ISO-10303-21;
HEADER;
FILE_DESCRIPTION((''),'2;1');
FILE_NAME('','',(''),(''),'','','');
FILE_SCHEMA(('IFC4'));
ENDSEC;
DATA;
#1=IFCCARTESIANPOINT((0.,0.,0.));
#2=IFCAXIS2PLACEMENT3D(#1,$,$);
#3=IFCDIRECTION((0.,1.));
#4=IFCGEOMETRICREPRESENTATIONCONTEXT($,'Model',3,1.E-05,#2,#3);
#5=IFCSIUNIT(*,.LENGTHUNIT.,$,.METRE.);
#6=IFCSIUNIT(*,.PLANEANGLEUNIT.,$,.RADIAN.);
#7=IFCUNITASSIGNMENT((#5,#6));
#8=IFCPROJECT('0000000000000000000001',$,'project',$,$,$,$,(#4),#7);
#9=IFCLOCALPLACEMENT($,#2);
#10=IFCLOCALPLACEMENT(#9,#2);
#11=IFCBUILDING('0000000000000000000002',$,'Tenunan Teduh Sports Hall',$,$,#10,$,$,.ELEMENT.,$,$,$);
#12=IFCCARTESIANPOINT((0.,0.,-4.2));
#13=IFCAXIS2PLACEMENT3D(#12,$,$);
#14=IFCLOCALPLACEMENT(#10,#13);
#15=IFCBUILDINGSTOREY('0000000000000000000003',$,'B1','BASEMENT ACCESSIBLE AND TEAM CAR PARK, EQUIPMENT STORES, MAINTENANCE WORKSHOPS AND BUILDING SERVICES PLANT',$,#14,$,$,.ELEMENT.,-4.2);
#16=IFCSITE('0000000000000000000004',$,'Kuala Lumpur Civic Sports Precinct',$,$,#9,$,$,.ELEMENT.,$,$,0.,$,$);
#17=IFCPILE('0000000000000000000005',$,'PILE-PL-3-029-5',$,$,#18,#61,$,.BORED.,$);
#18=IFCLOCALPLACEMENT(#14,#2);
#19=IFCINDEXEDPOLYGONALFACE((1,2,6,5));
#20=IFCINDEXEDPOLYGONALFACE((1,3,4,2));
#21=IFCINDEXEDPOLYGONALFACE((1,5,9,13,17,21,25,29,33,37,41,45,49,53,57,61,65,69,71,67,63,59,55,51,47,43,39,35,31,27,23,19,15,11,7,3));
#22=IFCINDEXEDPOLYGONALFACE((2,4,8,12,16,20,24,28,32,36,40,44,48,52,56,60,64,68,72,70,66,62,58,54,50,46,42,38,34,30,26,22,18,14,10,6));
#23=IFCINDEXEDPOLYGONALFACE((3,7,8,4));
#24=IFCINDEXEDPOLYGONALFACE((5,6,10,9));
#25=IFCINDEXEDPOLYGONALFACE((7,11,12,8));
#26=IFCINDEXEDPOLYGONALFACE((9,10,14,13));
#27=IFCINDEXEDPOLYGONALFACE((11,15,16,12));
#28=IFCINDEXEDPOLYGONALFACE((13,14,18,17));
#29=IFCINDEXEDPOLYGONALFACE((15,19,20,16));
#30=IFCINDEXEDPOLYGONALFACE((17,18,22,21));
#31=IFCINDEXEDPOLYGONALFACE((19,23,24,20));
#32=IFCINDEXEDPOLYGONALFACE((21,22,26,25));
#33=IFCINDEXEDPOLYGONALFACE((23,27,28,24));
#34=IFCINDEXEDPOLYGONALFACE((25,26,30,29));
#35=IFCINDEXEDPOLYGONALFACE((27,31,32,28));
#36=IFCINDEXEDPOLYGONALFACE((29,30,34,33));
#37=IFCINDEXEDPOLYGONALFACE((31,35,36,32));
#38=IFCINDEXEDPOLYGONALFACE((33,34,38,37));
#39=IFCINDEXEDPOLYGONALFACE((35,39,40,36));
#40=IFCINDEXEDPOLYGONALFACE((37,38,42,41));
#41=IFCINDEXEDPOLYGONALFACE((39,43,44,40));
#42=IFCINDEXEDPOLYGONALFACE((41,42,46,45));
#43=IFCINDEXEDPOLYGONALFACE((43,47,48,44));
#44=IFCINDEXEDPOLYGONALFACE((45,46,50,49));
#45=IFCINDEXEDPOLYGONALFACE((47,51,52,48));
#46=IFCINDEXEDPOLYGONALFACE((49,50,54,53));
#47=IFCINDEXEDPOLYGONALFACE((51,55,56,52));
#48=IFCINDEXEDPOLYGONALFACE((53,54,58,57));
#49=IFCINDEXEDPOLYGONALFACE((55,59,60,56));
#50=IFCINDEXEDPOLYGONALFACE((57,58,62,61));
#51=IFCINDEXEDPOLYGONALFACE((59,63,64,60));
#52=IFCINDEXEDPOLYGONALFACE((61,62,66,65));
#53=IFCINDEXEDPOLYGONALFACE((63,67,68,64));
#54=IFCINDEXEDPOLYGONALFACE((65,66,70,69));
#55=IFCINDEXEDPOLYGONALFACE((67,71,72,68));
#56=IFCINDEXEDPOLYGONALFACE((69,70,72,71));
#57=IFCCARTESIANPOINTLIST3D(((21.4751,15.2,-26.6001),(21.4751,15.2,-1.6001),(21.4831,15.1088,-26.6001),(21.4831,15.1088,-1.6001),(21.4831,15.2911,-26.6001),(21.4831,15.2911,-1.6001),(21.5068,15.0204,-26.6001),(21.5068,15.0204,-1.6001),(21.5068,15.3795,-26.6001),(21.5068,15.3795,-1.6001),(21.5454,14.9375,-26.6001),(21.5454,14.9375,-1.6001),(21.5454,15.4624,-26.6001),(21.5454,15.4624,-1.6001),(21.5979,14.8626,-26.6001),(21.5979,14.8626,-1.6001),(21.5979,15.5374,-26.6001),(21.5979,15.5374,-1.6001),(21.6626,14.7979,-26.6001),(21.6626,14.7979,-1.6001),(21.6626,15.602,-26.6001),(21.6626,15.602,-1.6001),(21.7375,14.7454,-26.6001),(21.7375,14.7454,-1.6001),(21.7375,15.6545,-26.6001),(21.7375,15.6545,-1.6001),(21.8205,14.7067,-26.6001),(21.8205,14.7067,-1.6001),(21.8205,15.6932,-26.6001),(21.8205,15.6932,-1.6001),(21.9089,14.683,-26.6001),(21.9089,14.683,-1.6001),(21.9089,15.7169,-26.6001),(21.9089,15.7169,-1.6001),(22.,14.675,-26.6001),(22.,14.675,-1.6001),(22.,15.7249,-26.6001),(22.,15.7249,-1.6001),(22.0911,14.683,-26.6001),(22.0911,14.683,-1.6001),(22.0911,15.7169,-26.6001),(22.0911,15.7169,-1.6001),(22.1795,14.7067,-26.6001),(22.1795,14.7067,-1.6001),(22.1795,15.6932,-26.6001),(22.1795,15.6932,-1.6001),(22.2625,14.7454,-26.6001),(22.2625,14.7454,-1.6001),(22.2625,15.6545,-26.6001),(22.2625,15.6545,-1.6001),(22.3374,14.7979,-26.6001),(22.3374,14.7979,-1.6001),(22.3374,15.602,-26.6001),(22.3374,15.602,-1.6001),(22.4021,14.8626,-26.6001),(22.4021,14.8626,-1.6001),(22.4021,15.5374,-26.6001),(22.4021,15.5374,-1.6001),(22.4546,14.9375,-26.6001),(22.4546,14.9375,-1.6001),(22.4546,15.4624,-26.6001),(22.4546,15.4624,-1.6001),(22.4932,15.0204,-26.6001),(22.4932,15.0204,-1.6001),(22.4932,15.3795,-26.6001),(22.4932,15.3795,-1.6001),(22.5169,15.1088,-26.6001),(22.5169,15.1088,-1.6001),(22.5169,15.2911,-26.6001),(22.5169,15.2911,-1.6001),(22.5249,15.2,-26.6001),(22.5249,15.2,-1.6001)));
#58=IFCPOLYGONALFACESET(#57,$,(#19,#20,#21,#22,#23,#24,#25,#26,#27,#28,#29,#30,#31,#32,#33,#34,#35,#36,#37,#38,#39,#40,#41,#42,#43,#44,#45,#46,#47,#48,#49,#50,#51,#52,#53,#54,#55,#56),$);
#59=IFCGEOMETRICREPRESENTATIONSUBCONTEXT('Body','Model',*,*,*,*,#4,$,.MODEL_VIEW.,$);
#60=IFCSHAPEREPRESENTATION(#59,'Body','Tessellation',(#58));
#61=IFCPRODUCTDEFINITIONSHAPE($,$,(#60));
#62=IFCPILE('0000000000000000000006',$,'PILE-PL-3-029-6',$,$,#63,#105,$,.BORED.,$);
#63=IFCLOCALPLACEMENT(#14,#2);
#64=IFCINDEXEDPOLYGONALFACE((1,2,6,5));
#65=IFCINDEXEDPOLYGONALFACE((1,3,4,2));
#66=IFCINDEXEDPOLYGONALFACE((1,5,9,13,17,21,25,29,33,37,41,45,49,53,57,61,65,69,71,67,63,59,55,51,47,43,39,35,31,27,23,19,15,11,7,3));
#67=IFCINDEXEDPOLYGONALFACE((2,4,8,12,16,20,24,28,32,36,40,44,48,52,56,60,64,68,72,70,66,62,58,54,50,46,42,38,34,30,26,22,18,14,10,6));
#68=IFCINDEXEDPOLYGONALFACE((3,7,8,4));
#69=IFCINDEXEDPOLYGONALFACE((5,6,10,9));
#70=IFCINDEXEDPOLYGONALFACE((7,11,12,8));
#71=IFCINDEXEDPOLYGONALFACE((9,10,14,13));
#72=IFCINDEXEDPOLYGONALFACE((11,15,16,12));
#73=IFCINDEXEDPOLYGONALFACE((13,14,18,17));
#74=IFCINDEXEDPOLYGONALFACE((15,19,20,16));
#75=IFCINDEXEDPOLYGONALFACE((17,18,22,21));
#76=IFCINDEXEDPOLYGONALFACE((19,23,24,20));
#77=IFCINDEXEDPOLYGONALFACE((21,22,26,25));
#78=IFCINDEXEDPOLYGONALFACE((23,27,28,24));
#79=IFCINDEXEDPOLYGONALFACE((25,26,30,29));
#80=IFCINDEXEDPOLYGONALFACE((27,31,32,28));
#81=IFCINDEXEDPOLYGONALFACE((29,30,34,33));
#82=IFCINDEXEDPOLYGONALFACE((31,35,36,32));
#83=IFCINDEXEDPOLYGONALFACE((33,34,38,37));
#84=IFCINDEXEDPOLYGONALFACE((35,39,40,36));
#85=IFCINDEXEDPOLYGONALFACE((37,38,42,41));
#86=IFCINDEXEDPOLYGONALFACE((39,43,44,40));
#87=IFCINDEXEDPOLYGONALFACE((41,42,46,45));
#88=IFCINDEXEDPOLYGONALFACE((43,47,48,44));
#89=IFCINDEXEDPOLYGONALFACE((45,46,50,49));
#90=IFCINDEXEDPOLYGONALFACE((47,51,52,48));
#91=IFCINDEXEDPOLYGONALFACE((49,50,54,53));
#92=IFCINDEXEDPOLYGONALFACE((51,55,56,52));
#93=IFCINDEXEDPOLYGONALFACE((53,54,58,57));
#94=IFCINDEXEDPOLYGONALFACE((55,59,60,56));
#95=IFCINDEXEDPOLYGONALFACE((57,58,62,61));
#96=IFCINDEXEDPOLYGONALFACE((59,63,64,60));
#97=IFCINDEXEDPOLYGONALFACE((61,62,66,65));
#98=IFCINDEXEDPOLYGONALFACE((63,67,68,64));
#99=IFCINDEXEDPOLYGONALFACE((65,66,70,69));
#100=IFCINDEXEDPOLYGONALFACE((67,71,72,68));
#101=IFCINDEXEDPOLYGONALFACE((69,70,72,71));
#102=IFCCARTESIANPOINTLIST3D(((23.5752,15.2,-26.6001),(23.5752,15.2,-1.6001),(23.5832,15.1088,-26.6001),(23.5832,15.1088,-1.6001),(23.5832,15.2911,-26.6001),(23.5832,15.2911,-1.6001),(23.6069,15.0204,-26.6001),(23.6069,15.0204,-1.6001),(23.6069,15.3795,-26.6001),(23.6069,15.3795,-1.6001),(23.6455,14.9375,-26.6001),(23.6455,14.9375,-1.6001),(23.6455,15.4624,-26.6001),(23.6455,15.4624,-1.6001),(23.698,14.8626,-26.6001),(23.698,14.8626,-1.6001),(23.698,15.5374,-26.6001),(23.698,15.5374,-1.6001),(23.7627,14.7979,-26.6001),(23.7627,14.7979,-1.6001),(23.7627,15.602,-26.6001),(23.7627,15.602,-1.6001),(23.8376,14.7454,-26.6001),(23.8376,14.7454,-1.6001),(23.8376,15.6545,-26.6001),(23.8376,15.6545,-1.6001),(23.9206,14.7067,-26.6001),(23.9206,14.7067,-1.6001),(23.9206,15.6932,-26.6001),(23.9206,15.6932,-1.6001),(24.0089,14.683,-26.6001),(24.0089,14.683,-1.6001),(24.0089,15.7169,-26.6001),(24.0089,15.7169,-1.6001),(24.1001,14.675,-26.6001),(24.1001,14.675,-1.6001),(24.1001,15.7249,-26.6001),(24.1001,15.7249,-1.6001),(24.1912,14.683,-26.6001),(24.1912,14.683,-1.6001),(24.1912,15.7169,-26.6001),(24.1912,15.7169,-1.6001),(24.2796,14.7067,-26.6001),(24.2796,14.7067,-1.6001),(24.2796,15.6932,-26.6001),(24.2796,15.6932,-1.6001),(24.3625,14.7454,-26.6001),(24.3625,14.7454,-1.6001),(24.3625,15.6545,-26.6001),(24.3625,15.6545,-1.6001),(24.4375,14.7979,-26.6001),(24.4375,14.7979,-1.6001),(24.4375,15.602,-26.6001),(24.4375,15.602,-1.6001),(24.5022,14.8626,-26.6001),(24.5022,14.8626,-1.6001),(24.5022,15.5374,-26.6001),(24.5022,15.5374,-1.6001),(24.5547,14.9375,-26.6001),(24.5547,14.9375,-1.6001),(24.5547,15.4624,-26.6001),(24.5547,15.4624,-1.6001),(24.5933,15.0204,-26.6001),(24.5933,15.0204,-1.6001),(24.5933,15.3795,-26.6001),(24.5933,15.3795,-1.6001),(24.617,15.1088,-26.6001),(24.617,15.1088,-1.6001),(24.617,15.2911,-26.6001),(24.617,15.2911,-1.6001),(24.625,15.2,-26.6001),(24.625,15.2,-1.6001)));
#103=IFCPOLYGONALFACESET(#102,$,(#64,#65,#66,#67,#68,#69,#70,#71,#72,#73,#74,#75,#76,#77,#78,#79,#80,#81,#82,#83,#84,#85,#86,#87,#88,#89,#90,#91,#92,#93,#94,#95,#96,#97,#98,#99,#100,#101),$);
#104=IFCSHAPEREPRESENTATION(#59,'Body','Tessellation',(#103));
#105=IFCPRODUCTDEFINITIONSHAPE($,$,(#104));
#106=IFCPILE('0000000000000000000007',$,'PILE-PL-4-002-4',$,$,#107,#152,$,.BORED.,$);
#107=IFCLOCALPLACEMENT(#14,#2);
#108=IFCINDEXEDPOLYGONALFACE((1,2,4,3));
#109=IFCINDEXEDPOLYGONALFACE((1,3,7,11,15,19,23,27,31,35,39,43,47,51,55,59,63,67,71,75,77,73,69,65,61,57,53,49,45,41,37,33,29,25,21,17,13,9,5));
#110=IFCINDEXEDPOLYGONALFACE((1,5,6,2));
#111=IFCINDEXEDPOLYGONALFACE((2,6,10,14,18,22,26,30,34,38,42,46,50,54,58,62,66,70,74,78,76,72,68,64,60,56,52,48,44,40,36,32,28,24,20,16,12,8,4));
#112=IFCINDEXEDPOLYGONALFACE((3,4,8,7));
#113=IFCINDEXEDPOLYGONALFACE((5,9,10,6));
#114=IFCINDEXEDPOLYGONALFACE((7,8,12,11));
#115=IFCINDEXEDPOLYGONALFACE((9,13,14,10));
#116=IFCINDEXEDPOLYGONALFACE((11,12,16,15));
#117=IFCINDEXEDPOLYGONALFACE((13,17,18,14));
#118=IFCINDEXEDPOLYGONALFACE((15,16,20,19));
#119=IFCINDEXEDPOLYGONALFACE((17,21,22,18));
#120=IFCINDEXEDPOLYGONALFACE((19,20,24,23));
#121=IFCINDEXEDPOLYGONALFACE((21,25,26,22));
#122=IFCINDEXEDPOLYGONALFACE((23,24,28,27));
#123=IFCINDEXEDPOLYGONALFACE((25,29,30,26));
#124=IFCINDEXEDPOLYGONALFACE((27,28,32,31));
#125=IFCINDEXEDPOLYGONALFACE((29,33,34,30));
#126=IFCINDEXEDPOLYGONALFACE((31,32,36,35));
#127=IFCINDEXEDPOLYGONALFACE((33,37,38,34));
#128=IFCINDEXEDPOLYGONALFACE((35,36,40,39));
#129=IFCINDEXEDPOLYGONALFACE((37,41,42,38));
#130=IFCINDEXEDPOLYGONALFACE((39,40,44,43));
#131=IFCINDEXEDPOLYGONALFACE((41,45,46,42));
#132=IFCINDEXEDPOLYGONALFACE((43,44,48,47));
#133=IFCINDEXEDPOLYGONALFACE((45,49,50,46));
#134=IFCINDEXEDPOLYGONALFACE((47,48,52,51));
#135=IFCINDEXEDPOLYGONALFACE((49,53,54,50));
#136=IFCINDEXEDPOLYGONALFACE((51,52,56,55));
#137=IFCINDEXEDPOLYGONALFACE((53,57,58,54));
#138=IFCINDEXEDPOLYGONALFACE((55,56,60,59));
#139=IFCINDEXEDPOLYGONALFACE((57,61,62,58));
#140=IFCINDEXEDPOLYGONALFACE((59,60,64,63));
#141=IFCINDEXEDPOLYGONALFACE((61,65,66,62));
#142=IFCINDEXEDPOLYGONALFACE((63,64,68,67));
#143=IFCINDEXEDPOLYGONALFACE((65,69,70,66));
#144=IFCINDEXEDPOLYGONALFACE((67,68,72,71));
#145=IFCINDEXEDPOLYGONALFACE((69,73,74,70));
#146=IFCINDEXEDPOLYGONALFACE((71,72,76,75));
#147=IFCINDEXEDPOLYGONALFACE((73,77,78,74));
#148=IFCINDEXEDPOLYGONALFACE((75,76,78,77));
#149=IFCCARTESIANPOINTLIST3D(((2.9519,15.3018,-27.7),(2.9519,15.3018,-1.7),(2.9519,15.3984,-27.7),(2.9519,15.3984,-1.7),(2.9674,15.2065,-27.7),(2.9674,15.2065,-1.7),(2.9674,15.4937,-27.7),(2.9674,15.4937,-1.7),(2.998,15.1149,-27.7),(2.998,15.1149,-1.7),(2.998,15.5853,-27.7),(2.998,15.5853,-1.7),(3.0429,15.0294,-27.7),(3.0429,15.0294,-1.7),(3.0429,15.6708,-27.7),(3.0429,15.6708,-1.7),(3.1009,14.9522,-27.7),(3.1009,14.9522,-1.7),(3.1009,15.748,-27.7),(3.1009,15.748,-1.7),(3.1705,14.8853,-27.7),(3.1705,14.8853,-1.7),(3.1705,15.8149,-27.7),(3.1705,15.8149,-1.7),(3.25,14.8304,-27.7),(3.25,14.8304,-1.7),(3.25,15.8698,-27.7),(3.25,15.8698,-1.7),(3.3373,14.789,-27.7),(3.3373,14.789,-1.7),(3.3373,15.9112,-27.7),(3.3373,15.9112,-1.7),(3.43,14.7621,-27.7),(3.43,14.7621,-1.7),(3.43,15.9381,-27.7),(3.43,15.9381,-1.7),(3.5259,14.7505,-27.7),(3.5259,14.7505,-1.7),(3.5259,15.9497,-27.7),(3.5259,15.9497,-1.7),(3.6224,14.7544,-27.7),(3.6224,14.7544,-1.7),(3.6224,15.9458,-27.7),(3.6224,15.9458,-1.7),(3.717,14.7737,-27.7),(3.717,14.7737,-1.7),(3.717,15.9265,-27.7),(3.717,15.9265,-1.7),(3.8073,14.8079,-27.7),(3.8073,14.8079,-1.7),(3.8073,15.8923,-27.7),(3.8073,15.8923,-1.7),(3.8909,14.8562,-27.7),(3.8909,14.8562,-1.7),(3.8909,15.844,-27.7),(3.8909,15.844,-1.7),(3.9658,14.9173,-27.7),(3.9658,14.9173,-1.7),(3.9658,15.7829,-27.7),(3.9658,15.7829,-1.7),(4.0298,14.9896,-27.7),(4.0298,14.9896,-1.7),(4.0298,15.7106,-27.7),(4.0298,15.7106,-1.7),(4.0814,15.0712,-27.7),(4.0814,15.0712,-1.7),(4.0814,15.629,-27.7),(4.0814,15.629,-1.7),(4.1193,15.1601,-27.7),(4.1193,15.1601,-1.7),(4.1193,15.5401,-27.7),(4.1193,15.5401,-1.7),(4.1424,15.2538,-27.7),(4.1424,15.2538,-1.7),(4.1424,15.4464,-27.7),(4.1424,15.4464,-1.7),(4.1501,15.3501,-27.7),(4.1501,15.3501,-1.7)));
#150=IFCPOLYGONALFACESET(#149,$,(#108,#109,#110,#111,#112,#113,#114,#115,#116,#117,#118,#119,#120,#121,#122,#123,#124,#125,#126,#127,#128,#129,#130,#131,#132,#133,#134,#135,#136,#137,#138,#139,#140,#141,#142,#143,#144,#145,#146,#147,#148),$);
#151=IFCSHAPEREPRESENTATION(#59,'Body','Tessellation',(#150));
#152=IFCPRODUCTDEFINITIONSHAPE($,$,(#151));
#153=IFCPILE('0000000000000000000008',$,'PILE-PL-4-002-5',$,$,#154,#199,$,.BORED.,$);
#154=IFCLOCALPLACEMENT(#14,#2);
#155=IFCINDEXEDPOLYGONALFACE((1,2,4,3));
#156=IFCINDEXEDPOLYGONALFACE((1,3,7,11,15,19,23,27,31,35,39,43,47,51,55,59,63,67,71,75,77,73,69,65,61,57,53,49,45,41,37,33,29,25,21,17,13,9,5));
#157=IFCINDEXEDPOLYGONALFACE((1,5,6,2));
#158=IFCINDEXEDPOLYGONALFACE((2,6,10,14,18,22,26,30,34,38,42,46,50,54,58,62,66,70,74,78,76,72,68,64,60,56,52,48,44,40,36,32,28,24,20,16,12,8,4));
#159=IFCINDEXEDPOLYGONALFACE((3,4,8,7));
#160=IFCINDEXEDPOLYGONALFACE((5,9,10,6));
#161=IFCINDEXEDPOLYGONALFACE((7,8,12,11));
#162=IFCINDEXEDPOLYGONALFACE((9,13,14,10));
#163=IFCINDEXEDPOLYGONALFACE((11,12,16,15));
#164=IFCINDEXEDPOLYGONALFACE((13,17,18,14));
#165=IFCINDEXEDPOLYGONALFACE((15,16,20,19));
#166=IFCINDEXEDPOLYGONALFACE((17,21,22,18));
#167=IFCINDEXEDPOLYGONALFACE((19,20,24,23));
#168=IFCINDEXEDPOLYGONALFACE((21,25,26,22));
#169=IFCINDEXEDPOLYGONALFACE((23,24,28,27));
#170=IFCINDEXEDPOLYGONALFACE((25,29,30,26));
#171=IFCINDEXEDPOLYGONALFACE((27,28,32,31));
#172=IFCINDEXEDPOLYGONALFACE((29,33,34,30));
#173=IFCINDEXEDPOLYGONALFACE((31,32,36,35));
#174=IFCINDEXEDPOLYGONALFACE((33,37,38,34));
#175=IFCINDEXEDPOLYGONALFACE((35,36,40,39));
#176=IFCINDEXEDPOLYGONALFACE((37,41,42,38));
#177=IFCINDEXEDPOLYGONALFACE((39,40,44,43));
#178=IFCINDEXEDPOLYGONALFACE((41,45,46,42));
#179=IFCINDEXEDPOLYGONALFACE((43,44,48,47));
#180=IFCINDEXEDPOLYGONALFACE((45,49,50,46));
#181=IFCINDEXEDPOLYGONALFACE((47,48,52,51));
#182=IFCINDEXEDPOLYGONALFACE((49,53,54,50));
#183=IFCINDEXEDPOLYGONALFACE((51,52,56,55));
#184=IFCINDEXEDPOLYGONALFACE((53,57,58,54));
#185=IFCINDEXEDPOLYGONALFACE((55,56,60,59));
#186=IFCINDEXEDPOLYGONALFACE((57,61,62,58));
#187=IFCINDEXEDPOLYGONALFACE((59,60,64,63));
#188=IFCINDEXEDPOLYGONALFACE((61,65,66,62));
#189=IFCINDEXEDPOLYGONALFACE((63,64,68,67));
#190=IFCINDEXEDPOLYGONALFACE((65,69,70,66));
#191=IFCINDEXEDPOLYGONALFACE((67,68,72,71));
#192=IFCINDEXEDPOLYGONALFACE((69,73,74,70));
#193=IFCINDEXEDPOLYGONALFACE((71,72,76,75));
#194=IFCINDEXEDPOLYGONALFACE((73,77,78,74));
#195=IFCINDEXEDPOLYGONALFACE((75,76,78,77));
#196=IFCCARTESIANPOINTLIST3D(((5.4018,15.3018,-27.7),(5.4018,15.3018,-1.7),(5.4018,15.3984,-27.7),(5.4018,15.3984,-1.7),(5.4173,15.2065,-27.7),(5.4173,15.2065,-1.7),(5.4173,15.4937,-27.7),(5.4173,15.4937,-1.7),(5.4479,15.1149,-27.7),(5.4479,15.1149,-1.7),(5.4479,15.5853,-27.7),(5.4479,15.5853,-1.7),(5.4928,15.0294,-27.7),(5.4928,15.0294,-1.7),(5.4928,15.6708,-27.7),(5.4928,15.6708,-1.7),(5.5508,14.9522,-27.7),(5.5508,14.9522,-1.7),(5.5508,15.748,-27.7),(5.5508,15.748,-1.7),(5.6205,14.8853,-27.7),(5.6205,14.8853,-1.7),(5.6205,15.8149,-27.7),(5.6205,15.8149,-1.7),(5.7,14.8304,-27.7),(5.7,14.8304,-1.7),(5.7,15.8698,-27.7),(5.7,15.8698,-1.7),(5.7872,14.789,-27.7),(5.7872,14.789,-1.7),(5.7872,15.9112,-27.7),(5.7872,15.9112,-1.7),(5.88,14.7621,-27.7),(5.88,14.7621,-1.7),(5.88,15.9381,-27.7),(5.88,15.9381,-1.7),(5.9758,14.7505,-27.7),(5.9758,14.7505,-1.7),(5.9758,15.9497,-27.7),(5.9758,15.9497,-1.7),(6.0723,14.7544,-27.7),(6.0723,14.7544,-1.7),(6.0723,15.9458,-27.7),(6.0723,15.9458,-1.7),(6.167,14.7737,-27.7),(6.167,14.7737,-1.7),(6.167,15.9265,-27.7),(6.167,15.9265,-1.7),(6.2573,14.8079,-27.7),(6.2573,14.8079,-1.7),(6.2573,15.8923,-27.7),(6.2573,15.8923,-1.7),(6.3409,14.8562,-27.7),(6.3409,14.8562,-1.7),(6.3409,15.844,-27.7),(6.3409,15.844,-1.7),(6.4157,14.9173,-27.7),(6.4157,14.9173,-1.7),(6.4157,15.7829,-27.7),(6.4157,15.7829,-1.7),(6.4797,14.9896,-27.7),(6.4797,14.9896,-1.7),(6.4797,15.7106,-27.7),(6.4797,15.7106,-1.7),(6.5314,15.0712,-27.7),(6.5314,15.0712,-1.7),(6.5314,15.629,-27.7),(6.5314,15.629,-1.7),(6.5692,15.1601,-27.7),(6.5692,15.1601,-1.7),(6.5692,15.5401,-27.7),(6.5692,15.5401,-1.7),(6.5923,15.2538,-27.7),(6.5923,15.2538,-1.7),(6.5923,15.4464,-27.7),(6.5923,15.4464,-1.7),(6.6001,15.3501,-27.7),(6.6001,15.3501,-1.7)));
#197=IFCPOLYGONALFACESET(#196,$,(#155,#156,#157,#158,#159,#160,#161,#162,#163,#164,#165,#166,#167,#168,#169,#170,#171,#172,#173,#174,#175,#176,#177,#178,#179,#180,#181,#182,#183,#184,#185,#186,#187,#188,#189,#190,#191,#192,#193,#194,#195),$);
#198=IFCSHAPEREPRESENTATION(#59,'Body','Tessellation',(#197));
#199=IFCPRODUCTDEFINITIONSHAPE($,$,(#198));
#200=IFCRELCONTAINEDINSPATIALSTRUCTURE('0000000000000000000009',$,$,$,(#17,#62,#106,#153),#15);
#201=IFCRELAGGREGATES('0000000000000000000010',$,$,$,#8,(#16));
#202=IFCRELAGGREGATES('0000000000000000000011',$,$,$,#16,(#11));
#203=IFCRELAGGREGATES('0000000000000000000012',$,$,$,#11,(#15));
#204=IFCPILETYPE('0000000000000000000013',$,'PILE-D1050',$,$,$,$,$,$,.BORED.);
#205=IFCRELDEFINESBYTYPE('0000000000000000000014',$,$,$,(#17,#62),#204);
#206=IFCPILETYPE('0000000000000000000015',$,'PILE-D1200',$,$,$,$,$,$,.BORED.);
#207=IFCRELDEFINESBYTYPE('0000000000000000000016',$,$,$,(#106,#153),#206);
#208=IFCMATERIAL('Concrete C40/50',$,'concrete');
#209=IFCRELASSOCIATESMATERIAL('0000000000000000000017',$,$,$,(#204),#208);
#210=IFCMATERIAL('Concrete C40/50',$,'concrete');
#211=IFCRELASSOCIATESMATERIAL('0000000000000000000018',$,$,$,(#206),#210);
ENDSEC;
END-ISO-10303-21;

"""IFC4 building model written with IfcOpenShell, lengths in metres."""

from ifc_helpers import new_model, si_unit, direction, frame, origin, origin_2d, place, context, subcontext, project, spatial, circle, extrude, material, material_profile, profile_set, type_object, element, save


model = new_model("IFC4")

# Units and contexts
model_context = context("Model", 3, precision=1e-05, world=origin(), true_north=direction((0.0, 1.0)))
body_context = subcontext(model_context, "Body", "Model", "MODEL_VIEW")
ifc_project = project(units=[si_unit("LENGTHUNIT", "METRE"), si_unit("PLANEANGLEUNIT", "RADIAN")], contexts=[model_context])

# Site, building, storey
site_placement = place(None, origin())
site = spatial("IfcSite", under=ifc_project, at=site_placement, Name="Kuala Lumpur Civic Sports Precinct", CompositionType="ELEMENT", RefElevation=0.0)
building_placement = place(site_placement, origin())
building = spatial("IfcBuilding", under=site, at=building_placement, Name="Tenunan Teduh Sports Hall", CompositionType="ELEMENT")
storey_placement = place(building_placement, frame((0.0, 0.0, -4.2)))
storey = spatial("IfcBuildingStorey", under=building, at=storey_placement, Name="B1", Description="BASEMENT ACCESSIBLE AND TEAM CAR PARK, EQUIPMENT STORES, MAINTENANCE WORKSHOPS AND BUILDING SERVICES PLANT", CompositionType="ELEMENT", Elevation=-4.2)

# Piles
ifc_material_1 = material(Name="Concrete C40/50", Category="concrete")
ifc_material_profile_1 = material_profile(ifc_material_1, circle(Radius=0.5249, at=origin_2d()), Name="PILE D1050")
ifc_profile_set_1 = profile_set([ifc_material_profile_1], Name="Concrete C40/50")
pile_type_1 = type_object("IfcPileType", Name="PILE-D1050", PredefinedType="BORED", material=ifc_profile_set_1)
for number, where, z_axis, x_axis, name in (
    (1, (22.0, 15.2, -1.6001), (0.0, 0.0, -1.0), (1.0, 0.0, 0.0), "PILE-PL-3-029-5"),
    (2, (24.1001, 15.2, -1.6001), (0.0, 0.0, -1.0), (1.0, 0.0, 0.0), "PILE-PL-3-029-6"),
):
    element("IfcPile", number, at=place(storey_placement, frame(where, z_axis=z_axis, x_axis=x_axis)), inside=storey, type_object=pile_type_1, Name=name, PredefinedType="BORED", context=body_context, shape_type="SweptSolid", body=[
        extrude(circle(Radius=0.5249, at=origin_2d()), origin(), (0.0, 0.0, 1.0), 25.0),
    ])
ifc_material_2 = material(Name="Concrete C40/50", Category="concrete")
ifc_material_profile_2 = material_profile(ifc_material_2, circle(Radius=0.6001, at=origin_2d()), Name="PILE D1200")
ifc_profile_set_2 = profile_set([ifc_material_profile_2], Name="Concrete C40/50")
pile_type_2 = type_object("IfcPileType", Name="PILE-D1200", PredefinedType="BORED", material=ifc_profile_set_2)
for number, where, z_axis, x_axis, name in (
    (3, (3.55, 15.3501, -1.7), (0.0, 0.0, -1.0), (1.0, 0.0, 0.0), "PILE-PL-4-002-4"),
    (4, (6.0, 15.3501, -1.7), (0.0, 0.0, -1.0), (1.0, 0.0, 0.0), "PILE-PL-4-002-5"),
):
    element("IfcPile", number, at=place(storey_placement, frame(where, z_axis=z_axis, x_axis=x_axis)), inside=storey, type_object=pile_type_2, Name=name, PredefinedType="BORED", context=body_context, shape_type="SweptSolid", body=[
        extrude(circle(Radius=0.6001, at=origin_2d()), origin(), (0.0, 0.0, 1.0), 26.0),
    ])

save(model, "model.ifc")
